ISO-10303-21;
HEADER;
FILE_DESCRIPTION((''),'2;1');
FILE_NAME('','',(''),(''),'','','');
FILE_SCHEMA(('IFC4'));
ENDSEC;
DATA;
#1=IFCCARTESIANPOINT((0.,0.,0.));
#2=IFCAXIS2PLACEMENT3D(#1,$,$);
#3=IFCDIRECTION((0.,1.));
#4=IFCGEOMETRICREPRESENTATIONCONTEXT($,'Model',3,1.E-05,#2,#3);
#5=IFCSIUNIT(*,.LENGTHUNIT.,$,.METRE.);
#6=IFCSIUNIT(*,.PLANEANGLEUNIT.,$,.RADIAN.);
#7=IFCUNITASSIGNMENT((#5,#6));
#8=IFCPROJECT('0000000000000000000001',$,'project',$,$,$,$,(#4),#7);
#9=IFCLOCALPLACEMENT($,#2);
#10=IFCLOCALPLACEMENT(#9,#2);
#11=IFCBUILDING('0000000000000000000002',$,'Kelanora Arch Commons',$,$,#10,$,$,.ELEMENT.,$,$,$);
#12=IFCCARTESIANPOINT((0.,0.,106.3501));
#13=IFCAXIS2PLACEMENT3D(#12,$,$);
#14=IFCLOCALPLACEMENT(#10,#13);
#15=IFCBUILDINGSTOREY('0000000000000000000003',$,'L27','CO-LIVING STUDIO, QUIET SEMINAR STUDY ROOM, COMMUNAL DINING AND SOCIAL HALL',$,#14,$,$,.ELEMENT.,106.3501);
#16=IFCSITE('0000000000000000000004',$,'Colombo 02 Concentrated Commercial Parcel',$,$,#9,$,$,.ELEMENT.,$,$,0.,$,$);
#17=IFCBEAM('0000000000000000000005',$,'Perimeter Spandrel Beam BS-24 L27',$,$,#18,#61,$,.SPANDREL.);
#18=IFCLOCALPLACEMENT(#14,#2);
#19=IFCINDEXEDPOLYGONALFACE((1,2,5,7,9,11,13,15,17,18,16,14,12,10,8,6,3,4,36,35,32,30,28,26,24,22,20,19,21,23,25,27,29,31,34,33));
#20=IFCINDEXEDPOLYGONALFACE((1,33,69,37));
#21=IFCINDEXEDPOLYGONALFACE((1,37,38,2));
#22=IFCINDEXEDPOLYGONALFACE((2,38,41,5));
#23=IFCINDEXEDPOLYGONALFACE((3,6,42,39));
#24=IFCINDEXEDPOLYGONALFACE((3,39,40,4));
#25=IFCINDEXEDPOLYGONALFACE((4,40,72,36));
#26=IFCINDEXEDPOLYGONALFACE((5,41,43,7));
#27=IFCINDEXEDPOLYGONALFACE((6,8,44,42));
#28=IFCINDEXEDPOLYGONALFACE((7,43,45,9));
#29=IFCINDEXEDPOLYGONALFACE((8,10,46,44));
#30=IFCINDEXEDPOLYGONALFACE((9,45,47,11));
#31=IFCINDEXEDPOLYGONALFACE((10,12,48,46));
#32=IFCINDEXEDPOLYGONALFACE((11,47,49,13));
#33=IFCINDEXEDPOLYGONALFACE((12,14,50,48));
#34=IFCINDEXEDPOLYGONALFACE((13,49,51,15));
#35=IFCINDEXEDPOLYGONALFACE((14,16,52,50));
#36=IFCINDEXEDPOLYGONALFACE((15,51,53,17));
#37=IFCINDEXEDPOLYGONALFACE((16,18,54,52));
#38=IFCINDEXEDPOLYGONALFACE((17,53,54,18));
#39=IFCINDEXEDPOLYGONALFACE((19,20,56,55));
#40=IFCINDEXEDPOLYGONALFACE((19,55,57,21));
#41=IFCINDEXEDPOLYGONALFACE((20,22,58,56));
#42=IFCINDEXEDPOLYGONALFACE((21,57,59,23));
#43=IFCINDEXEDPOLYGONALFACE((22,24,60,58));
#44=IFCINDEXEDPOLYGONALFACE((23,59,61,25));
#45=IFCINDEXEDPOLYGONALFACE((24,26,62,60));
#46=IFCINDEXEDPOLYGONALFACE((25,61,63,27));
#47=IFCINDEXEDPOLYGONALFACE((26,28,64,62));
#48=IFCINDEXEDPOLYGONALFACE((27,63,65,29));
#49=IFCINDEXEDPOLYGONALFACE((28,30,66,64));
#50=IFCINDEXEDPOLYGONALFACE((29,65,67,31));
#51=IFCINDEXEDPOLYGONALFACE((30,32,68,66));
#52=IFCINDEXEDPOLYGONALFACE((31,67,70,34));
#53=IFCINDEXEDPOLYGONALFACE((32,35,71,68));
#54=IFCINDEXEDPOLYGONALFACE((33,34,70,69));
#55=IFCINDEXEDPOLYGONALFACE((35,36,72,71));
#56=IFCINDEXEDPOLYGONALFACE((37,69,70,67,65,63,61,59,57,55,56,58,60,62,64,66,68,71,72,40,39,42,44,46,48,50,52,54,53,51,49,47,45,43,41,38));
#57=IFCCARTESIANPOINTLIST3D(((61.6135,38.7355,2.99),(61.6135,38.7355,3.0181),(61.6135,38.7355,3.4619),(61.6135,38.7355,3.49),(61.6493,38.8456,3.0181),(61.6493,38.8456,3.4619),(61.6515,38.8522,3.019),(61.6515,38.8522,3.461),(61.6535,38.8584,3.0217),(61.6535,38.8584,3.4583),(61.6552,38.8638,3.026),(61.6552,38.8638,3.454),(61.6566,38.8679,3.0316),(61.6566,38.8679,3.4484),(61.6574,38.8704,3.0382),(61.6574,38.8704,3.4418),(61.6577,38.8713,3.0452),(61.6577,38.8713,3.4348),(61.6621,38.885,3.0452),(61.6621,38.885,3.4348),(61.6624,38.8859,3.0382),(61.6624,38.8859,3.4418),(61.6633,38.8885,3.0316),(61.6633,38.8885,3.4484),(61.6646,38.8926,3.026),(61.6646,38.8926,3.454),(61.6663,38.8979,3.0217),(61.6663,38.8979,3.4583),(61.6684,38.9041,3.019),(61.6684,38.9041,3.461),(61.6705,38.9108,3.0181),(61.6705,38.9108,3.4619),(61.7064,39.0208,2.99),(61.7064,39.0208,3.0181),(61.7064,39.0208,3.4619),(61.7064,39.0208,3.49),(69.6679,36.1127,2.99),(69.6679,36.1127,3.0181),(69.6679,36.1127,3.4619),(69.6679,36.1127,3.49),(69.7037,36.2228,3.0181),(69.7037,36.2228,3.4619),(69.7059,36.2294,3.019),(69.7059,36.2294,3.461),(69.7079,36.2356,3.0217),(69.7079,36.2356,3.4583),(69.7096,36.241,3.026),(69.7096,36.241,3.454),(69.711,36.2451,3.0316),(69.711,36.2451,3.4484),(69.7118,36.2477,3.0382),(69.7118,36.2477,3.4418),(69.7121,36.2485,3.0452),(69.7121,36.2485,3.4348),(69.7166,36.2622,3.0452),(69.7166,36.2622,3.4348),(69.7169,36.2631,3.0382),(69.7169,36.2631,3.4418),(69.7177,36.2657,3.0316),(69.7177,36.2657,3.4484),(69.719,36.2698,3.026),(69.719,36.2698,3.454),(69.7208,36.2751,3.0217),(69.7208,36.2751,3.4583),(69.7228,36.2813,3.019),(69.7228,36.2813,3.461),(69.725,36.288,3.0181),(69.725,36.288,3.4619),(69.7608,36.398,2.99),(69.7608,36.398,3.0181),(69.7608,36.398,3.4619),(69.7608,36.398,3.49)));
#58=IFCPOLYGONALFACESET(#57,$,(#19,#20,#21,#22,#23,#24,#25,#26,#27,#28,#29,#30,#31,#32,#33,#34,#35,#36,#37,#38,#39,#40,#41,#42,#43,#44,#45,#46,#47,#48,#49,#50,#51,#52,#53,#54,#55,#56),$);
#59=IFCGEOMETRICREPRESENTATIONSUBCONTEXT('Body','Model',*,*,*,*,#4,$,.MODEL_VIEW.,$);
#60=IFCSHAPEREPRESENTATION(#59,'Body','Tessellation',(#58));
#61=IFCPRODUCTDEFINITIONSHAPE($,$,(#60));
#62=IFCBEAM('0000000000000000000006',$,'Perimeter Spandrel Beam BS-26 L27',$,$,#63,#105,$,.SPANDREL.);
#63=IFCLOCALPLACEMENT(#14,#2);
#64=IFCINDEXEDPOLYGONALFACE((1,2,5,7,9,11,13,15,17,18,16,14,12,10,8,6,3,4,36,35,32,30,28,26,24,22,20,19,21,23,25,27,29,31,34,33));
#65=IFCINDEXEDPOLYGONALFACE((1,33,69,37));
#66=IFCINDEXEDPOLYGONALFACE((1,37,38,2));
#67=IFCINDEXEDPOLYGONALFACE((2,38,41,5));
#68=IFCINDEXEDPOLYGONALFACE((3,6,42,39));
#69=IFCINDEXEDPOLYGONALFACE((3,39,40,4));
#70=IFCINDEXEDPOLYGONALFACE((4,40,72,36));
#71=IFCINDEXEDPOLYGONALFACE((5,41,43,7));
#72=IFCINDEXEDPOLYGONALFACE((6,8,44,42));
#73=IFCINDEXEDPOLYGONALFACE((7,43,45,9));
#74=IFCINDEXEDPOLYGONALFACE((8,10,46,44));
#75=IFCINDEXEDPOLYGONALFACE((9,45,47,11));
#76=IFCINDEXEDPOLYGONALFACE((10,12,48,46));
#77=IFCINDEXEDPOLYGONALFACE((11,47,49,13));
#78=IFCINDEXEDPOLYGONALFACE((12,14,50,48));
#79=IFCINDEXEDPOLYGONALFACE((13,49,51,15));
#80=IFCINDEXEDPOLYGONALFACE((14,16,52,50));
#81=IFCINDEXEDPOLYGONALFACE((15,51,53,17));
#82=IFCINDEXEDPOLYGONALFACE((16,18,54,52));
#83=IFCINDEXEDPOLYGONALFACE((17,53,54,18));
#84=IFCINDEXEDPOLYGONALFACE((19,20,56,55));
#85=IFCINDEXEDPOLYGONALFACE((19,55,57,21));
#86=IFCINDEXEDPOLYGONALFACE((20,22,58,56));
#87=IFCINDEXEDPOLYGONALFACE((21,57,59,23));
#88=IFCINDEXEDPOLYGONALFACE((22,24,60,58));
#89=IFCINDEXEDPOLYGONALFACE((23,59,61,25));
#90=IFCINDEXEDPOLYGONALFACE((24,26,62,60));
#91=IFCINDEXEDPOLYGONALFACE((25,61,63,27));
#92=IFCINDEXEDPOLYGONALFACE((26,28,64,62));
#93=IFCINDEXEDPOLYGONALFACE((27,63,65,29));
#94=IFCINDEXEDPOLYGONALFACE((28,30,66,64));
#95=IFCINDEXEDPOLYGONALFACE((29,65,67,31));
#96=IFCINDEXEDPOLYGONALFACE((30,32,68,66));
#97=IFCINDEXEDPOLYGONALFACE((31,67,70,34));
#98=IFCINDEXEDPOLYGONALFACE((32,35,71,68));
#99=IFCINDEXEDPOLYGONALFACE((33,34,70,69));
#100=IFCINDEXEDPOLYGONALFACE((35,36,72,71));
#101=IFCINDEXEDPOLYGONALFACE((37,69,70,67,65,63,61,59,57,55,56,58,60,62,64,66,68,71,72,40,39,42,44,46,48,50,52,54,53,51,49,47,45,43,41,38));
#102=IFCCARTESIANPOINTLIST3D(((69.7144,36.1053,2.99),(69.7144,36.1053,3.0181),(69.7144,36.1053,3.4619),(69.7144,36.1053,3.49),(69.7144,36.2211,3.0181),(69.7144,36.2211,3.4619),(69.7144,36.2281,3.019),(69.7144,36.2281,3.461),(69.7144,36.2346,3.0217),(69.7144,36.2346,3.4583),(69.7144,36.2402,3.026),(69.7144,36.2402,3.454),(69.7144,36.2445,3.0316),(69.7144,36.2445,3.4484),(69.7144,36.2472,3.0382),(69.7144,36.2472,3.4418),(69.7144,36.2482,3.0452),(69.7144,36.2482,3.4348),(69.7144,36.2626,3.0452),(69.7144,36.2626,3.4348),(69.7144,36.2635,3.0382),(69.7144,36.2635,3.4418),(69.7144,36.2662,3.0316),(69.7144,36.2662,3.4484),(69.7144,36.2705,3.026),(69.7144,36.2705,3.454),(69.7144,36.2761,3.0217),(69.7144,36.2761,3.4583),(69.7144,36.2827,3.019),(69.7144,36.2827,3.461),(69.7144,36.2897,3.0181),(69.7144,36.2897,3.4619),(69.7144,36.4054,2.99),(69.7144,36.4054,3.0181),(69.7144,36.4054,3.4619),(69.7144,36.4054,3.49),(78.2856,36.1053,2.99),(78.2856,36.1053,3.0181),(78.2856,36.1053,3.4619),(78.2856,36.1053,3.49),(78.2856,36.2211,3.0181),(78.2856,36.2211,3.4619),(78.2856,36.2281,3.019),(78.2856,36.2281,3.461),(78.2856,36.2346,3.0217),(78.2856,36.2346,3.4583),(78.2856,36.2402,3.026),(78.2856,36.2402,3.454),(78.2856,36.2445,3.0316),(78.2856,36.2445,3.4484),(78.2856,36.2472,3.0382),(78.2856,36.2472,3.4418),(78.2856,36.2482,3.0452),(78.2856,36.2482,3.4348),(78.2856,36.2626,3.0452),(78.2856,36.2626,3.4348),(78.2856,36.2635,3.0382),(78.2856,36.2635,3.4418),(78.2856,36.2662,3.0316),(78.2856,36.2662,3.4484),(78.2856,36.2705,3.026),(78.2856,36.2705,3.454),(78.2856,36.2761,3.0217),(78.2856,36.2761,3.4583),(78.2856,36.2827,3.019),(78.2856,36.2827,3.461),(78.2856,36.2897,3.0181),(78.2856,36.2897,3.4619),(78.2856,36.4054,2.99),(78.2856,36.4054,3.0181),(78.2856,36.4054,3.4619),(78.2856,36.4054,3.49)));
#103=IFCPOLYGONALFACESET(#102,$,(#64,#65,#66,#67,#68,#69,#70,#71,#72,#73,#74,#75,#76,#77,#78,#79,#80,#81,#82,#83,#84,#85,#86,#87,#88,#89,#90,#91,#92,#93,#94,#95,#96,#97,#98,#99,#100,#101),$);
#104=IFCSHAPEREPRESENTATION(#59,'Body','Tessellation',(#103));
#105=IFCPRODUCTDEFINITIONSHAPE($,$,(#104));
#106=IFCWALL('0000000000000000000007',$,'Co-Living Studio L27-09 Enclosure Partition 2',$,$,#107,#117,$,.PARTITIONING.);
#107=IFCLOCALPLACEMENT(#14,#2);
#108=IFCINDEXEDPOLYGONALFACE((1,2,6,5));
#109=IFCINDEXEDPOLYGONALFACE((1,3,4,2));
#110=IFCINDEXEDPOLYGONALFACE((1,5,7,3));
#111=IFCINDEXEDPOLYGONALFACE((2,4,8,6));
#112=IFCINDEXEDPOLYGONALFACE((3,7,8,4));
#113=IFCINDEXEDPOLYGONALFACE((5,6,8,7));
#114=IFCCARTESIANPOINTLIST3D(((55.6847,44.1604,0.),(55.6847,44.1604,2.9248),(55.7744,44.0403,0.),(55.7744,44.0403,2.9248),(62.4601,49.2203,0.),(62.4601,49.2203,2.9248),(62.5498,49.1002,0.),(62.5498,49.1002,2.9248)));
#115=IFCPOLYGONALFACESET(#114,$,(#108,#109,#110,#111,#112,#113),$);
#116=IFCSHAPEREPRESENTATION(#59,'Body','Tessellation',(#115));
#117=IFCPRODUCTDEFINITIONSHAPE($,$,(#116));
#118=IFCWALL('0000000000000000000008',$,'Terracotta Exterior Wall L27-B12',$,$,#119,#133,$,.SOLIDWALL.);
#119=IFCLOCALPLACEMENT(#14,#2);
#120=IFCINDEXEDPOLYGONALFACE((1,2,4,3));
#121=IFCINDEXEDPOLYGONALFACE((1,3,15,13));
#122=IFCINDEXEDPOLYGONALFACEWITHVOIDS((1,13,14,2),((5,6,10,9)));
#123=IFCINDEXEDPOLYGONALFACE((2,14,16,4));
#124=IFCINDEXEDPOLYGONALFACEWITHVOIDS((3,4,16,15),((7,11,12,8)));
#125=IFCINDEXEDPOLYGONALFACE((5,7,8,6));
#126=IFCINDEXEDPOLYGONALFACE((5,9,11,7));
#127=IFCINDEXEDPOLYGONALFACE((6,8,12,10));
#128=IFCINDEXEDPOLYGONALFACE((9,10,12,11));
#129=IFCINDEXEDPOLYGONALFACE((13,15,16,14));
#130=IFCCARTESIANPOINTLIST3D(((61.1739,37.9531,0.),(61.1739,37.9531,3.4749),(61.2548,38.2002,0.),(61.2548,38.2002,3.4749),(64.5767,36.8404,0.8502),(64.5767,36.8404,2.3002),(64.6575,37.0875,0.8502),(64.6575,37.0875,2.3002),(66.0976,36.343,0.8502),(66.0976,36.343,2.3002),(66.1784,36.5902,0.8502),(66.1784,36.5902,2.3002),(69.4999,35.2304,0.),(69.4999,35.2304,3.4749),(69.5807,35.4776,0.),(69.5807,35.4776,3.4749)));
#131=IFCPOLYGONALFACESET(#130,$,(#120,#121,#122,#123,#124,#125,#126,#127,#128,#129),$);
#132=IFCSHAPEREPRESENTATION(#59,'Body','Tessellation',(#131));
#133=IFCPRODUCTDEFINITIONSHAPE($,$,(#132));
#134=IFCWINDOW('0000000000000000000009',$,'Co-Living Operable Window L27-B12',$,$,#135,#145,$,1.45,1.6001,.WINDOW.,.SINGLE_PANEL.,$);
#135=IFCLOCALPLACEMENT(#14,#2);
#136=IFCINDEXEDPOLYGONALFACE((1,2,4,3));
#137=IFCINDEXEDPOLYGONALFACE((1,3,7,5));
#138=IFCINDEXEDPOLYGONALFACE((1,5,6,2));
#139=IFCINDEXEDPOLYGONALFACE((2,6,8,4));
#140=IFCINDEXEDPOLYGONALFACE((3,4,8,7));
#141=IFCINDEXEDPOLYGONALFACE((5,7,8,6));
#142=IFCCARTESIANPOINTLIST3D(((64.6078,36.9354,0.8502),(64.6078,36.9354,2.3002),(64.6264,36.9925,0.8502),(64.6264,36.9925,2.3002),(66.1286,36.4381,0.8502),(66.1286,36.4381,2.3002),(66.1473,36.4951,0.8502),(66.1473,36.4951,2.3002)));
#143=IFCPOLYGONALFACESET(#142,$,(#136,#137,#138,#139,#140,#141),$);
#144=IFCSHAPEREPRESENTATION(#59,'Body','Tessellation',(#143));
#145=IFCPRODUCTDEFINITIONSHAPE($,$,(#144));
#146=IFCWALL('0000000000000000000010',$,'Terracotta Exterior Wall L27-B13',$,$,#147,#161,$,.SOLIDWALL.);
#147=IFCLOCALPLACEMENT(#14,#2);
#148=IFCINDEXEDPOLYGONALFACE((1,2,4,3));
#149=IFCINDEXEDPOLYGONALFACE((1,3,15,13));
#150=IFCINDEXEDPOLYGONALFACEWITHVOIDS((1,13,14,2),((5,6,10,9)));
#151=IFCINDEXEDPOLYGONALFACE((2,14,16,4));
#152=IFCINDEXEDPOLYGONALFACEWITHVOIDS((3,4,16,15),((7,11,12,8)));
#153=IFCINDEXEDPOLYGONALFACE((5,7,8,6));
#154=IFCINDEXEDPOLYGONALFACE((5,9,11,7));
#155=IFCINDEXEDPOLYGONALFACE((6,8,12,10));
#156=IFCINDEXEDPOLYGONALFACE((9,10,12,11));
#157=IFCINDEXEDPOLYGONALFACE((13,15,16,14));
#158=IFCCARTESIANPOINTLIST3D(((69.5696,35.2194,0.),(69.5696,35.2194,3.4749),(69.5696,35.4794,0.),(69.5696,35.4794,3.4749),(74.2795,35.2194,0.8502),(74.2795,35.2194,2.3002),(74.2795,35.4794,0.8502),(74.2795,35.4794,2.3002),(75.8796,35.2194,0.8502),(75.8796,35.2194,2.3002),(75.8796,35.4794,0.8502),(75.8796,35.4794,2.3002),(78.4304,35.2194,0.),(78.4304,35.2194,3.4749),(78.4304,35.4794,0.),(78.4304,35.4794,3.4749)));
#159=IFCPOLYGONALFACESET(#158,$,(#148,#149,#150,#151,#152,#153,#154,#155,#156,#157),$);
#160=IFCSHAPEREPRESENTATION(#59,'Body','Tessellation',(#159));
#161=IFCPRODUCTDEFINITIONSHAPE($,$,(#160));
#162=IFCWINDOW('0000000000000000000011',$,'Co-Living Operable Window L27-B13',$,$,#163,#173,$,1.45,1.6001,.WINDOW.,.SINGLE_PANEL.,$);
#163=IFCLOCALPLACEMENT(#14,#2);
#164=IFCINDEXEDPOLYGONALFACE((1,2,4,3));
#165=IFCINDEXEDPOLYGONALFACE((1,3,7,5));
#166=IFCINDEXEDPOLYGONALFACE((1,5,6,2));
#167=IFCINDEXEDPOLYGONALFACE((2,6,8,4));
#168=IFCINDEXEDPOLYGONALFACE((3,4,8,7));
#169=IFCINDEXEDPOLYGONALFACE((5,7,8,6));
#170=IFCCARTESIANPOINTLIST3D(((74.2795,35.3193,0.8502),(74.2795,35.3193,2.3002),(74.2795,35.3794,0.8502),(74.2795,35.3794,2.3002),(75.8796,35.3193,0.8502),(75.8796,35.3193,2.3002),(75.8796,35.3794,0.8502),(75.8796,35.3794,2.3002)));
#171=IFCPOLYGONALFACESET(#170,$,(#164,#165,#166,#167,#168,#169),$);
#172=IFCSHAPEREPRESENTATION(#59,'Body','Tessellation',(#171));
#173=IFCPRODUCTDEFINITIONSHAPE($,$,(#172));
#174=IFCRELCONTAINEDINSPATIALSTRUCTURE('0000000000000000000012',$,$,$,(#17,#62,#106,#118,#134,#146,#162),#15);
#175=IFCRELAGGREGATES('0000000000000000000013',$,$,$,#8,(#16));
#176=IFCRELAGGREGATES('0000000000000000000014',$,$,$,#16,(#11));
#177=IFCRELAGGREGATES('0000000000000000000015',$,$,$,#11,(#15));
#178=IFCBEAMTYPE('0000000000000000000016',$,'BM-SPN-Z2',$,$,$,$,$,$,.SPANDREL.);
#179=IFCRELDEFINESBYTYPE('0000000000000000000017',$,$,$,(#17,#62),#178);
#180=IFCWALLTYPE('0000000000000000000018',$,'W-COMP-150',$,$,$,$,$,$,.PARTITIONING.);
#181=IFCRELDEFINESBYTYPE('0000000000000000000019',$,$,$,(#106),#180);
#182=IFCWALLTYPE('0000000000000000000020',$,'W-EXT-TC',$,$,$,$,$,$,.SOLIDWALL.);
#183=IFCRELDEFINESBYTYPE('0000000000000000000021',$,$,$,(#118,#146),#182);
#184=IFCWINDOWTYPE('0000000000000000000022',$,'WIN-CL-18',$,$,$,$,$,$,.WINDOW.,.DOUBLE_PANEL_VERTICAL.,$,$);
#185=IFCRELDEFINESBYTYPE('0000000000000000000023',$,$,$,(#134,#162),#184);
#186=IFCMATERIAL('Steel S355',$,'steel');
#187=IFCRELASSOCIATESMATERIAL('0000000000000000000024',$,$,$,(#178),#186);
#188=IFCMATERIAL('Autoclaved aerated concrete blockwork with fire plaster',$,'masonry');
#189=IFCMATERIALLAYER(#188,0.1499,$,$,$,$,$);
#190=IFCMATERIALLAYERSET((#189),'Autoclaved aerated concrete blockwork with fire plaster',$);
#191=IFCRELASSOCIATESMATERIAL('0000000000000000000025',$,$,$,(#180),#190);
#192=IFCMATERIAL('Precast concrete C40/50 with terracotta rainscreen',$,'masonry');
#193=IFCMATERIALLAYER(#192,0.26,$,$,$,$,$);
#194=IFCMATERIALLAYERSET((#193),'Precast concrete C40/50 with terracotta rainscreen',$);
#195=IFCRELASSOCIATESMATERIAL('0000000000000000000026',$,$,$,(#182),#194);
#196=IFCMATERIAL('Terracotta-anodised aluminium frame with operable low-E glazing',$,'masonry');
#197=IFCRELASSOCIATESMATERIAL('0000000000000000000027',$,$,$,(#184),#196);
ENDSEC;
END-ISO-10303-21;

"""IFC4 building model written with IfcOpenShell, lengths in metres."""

from ifc_helpers import new_model, si_unit, direction, frame, frame_2d, origin, origin_2d, place, context, subcontext, project, spatial, rectangle, i_section, extrude, material, layer, layer_set, material_profile, profile_set, type_object, element, fill, save


model = new_model("IFC4")

# Units and contexts
model_context = context("Model", 3, precision=1e-05, world=origin(), true_north=direction((0.0, 1.0)))
body_context = subcontext(model_context, "Body", "Model", "MODEL_VIEW")
ifc_project = project(units=[si_unit("LENGTHUNIT", "METRE"), si_unit("PLANEANGLEUNIT", "RADIAN")], contexts=[model_context])

# Site, building, storey
site_placement = place(None, origin())
site = spatial("IfcSite", under=ifc_project, at=site_placement, Name="Colombo 02 Concentrated Commercial Parcel", CompositionType="ELEMENT", RefElevation=0.0)
building_placement = place(site_placement, origin())
building = spatial("IfcBuilding", under=site, at=building_placement, Name="Kelanora Arch Commons", CompositionType="ELEMENT")
storey_placement = place(building_placement, frame((0.0, 0.0, 106.3501)))
storey = spatial("IfcBuildingStorey", under=building, at=storey_placement, Name="L27", Description="CO-LIVING STUDIO, QUIET SEMINAR STUDY ROOM, COMMUNAL DINING AND SOCIAL HALL", CompositionType="ELEMENT", Elevation=106.3501)

# Beams
ifc_material_1 = material(Name="Steel S355", Category="steel")
ifc_material_profile_1 = material_profile(ifc_material_1, i_section(OverallWidth=0.3, OverallDepth=0.5, WebThickness=0.0144, FlangeThickness=0.0281, FilletRadius=0.0271, at=origin_2d()), Name="HEB500")
ifc_profile_set_1 = profile_set([ifc_material_profile_1], Name="Steel S355")
beam_type_1 = type_object("IfcBeamType", Name="BM-SPN-Z2", PredefinedType="SPANDREL", material=ifc_profile_set_1)
beam_1_placement = place(storey_placement, frame((61.6599, 38.8782, 3.24), z_axis=(0.950857, -0.309631, 0.0), x_axis=(0.309631, 0.950857, 0.0)))
element("IfcBeam", 1, at=beam_1_placement, inside=storey, type_object=beam_type_1, Name="Perimeter Spandrel Beam BS-24 L27", PredefinedType="SPANDREL", context=body_context, shape_type="SweptSolid", body=[
    extrude(i_section(OverallWidth=0.3, OverallDepth=0.5, WebThickness=0.0144, FlangeThickness=0.0281, FilletRadius=0.0271, at=origin_2d()), origin(), (0.0, 0.0, 1.0), 8.4707),
])
beam_2_placement = place(storey_placement, frame((69.7144, 36.2554, 3.24), z_axis=(1.0, 0.0, 0.0), x_axis=(0.0, 1.0, 0.0)))
element("IfcBeam", 2, at=beam_2_placement, inside=storey, type_object=beam_type_1, Name="Perimeter Spandrel Beam BS-26 L27", PredefinedType="SPANDREL", context=body_context, shape_type="SweptSolid", body=[
    extrude(i_section(OverallWidth=0.3, OverallDepth=0.5, WebThickness=0.0144, FlangeThickness=0.0281, FilletRadius=0.0271, at=origin_2d()), origin(), (0.0, 0.0, 1.0), 8.5713),
])

# Wall
ifc_material_2 = material(Name="Autoclaved aerated concrete blockwork with fire plaster", Category="masonry")
ifc_layer_1 = layer(ifc_material_2, 0.1499)
ifc_layer_set_1 = layer_set([ifc_layer_1], Name="Autoclaved aerated concrete blockwork with fire plaster")
wall_type_1 = type_object("IfcWallType", Name="W-COMP-150", PredefinedType="PARTITIONING", material=ifc_layer_set_1)
wall_1_placement = place(storey_placement, frame((62.5049, 49.1602, 0.0), z_axis=(0.0, 0.0, 1.0), x_axis=(-0.801232, -0.598354, 0.0)))
element("IfcWall", 3, at=wall_1_placement, inside=storey, type_object=wall_type_1, Name="Co-Living Studio L27-09 Enclosure Partition 2", PredefinedType="PARTITIONING", context=body_context, shape_type="SweptSolid", body=[
    extrude(rectangle(XDim=8.4563, YDim=0.1499, at=frame_2d((4.228, 0.0))), origin(), (0.0, 0.0, 1.0), 2.9248),
])

# Walls, openings, windows
ifc_material_3 = material(Name="Precast concrete C40/50 with terracotta rainscreen", Category="masonry")
ifc_layer_2 = layer(ifc_material_3, 0.26)
ifc_layer_set_2 = layer_set([ifc_layer_2], Name="Precast concrete C40/50 with terracotta rainscreen")
wall_type_2 = type_object("IfcWallType", Name="W-EXT-TC", PredefinedType="SOLIDWALL", material=ifc_layer_set_2)
wall_2_placement = place(storey_placement, frame((61.2144, 38.0767, 0.0), z_axis=(0.0, 0.0, 1.0), x_axis=(0.950471, -0.310813, 0.0)))
wall_2 = element("IfcWall", 4, at=wall_2_placement, inside=storey, type_object=wall_type_2, Name="Terracotta Exterior Wall L27-B12", PredefinedType="SOLIDWALL", context=body_context, shape_type="SweptSolid", body=[
    extrude(rectangle(XDim=8.7598, YDim=0.26, at=frame_2d((4.3799, 0.0))), origin(), (0.0, 0.0, 1.0), 3.4749),
])
opening_1_placement = place(wall_2_placement, frame((3.5801, 0.0, 0.8501)))
opening_1 = element("IfcOpeningElement", 5, at=opening_1_placement, cuts=wall_2, PredefinedType="OPENING", context=body_context, shape_type="SweptSolid", body=[
    extrude(rectangle(XDim=1.6001, YDim=1.45, at=frame_2d((0.8, 0.7251))), frame((0.0, 0.1401, 0.0), z_axis=(0.0, -1.0, 0.0), x_axis=(1.0, 0.0, 0.0)), (0.0, 0.0, 1.0), 0.28),
])
ifc_material_4 = material(Name="Terracotta-anodised aluminium frame with operable low-E glazing", Category="masonry")
window_type = type_object("IfcWindowType", Name="WIN-CL-18", PartitioningType="DOUBLE_PANEL_VERTICAL", PredefinedType="WINDOW", material=ifc_material_4)
window_1_placement = place(opening_1_placement, origin())
window_1 = element("IfcWindow", 6, at=window_1_placement, inside=storey, type_object=window_type, Name="Co-Living Operable Window L27-B12", OverallHeight=1.45, OverallWidth=1.6001, PartitioningType="SINGLE_PANEL", PredefinedType="WINDOW", context=body_context, shape_type="SweptSolid", body=[
    extrude(rectangle(XDim=1.6001, YDim=1.45, at=frame_2d((0.8, 0.7251))), frame((0.0, 0.03, 0.0), z_axis=(0.0, -1.0, 0.0), x_axis=(1.0, 0.0, 0.0)), (0.0, 0.0, 1.0), 0.0601),
])
fill(opening_1, window_1)
wall_3_placement = place(storey_placement, frame((69.5696, 35.3494, 0.0), z_axis=(0.0, 0.0, 1.0), x_axis=(1.0, 0.0, 0.0)))
wall_3 = element("IfcWall", 7, at=wall_3_placement, inside=storey, type_object=wall_type_2, Name="Terracotta Exterior Wall L27-B13", PredefinedType="SOLIDWALL", context=body_context, shape_type="SweptSolid", body=[
    extrude(rectangle(XDim=8.8608, YDim=0.26, at=frame_2d((4.4304, 0.0))), origin(), (0.0, 0.0, 1.0), 3.4749),
])
opening_2_placement = place(wall_3_placement, frame((4.71, 0.0, 0.8501)))
opening_2 = element("IfcOpeningElement", 8, at=opening_2_placement, cuts=wall_3, PredefinedType="OPENING", context=body_context, shape_type="SweptSolid", body=[
    extrude(rectangle(XDim=1.6001, YDim=1.45, at=frame_2d((0.8, 0.7251))), frame((0.0, 0.1401, 0.0), z_axis=(0.0, -1.0, 0.0), x_axis=(1.0, 0.0, 0.0)), (0.0, 0.0, 1.0), 0.28),
])
window_2_placement = place(opening_2_placement, origin())
window_2 = element("IfcWindow", 9, at=window_2_placement, inside=storey, type_object=window_type, Name="Co-Living Operable Window L27-B13", OverallHeight=1.45, OverallWidth=1.6001, PartitioningType="SINGLE_PANEL", PredefinedType="WINDOW", context=body_context, shape_type="SweptSolid", body=[
    extrude(rectangle(XDim=1.6001, YDim=1.45, at=frame_2d((0.8, 0.7251))), frame((0.0, 0.03, 0.0), z_axis=(0.0, -1.0, 0.0), x_axis=(1.0, 0.0, 0.0)), (0.0, 0.0, 1.0), 0.0601),
])
fill(opening_2, window_2)

save(model, "model.ifc")
